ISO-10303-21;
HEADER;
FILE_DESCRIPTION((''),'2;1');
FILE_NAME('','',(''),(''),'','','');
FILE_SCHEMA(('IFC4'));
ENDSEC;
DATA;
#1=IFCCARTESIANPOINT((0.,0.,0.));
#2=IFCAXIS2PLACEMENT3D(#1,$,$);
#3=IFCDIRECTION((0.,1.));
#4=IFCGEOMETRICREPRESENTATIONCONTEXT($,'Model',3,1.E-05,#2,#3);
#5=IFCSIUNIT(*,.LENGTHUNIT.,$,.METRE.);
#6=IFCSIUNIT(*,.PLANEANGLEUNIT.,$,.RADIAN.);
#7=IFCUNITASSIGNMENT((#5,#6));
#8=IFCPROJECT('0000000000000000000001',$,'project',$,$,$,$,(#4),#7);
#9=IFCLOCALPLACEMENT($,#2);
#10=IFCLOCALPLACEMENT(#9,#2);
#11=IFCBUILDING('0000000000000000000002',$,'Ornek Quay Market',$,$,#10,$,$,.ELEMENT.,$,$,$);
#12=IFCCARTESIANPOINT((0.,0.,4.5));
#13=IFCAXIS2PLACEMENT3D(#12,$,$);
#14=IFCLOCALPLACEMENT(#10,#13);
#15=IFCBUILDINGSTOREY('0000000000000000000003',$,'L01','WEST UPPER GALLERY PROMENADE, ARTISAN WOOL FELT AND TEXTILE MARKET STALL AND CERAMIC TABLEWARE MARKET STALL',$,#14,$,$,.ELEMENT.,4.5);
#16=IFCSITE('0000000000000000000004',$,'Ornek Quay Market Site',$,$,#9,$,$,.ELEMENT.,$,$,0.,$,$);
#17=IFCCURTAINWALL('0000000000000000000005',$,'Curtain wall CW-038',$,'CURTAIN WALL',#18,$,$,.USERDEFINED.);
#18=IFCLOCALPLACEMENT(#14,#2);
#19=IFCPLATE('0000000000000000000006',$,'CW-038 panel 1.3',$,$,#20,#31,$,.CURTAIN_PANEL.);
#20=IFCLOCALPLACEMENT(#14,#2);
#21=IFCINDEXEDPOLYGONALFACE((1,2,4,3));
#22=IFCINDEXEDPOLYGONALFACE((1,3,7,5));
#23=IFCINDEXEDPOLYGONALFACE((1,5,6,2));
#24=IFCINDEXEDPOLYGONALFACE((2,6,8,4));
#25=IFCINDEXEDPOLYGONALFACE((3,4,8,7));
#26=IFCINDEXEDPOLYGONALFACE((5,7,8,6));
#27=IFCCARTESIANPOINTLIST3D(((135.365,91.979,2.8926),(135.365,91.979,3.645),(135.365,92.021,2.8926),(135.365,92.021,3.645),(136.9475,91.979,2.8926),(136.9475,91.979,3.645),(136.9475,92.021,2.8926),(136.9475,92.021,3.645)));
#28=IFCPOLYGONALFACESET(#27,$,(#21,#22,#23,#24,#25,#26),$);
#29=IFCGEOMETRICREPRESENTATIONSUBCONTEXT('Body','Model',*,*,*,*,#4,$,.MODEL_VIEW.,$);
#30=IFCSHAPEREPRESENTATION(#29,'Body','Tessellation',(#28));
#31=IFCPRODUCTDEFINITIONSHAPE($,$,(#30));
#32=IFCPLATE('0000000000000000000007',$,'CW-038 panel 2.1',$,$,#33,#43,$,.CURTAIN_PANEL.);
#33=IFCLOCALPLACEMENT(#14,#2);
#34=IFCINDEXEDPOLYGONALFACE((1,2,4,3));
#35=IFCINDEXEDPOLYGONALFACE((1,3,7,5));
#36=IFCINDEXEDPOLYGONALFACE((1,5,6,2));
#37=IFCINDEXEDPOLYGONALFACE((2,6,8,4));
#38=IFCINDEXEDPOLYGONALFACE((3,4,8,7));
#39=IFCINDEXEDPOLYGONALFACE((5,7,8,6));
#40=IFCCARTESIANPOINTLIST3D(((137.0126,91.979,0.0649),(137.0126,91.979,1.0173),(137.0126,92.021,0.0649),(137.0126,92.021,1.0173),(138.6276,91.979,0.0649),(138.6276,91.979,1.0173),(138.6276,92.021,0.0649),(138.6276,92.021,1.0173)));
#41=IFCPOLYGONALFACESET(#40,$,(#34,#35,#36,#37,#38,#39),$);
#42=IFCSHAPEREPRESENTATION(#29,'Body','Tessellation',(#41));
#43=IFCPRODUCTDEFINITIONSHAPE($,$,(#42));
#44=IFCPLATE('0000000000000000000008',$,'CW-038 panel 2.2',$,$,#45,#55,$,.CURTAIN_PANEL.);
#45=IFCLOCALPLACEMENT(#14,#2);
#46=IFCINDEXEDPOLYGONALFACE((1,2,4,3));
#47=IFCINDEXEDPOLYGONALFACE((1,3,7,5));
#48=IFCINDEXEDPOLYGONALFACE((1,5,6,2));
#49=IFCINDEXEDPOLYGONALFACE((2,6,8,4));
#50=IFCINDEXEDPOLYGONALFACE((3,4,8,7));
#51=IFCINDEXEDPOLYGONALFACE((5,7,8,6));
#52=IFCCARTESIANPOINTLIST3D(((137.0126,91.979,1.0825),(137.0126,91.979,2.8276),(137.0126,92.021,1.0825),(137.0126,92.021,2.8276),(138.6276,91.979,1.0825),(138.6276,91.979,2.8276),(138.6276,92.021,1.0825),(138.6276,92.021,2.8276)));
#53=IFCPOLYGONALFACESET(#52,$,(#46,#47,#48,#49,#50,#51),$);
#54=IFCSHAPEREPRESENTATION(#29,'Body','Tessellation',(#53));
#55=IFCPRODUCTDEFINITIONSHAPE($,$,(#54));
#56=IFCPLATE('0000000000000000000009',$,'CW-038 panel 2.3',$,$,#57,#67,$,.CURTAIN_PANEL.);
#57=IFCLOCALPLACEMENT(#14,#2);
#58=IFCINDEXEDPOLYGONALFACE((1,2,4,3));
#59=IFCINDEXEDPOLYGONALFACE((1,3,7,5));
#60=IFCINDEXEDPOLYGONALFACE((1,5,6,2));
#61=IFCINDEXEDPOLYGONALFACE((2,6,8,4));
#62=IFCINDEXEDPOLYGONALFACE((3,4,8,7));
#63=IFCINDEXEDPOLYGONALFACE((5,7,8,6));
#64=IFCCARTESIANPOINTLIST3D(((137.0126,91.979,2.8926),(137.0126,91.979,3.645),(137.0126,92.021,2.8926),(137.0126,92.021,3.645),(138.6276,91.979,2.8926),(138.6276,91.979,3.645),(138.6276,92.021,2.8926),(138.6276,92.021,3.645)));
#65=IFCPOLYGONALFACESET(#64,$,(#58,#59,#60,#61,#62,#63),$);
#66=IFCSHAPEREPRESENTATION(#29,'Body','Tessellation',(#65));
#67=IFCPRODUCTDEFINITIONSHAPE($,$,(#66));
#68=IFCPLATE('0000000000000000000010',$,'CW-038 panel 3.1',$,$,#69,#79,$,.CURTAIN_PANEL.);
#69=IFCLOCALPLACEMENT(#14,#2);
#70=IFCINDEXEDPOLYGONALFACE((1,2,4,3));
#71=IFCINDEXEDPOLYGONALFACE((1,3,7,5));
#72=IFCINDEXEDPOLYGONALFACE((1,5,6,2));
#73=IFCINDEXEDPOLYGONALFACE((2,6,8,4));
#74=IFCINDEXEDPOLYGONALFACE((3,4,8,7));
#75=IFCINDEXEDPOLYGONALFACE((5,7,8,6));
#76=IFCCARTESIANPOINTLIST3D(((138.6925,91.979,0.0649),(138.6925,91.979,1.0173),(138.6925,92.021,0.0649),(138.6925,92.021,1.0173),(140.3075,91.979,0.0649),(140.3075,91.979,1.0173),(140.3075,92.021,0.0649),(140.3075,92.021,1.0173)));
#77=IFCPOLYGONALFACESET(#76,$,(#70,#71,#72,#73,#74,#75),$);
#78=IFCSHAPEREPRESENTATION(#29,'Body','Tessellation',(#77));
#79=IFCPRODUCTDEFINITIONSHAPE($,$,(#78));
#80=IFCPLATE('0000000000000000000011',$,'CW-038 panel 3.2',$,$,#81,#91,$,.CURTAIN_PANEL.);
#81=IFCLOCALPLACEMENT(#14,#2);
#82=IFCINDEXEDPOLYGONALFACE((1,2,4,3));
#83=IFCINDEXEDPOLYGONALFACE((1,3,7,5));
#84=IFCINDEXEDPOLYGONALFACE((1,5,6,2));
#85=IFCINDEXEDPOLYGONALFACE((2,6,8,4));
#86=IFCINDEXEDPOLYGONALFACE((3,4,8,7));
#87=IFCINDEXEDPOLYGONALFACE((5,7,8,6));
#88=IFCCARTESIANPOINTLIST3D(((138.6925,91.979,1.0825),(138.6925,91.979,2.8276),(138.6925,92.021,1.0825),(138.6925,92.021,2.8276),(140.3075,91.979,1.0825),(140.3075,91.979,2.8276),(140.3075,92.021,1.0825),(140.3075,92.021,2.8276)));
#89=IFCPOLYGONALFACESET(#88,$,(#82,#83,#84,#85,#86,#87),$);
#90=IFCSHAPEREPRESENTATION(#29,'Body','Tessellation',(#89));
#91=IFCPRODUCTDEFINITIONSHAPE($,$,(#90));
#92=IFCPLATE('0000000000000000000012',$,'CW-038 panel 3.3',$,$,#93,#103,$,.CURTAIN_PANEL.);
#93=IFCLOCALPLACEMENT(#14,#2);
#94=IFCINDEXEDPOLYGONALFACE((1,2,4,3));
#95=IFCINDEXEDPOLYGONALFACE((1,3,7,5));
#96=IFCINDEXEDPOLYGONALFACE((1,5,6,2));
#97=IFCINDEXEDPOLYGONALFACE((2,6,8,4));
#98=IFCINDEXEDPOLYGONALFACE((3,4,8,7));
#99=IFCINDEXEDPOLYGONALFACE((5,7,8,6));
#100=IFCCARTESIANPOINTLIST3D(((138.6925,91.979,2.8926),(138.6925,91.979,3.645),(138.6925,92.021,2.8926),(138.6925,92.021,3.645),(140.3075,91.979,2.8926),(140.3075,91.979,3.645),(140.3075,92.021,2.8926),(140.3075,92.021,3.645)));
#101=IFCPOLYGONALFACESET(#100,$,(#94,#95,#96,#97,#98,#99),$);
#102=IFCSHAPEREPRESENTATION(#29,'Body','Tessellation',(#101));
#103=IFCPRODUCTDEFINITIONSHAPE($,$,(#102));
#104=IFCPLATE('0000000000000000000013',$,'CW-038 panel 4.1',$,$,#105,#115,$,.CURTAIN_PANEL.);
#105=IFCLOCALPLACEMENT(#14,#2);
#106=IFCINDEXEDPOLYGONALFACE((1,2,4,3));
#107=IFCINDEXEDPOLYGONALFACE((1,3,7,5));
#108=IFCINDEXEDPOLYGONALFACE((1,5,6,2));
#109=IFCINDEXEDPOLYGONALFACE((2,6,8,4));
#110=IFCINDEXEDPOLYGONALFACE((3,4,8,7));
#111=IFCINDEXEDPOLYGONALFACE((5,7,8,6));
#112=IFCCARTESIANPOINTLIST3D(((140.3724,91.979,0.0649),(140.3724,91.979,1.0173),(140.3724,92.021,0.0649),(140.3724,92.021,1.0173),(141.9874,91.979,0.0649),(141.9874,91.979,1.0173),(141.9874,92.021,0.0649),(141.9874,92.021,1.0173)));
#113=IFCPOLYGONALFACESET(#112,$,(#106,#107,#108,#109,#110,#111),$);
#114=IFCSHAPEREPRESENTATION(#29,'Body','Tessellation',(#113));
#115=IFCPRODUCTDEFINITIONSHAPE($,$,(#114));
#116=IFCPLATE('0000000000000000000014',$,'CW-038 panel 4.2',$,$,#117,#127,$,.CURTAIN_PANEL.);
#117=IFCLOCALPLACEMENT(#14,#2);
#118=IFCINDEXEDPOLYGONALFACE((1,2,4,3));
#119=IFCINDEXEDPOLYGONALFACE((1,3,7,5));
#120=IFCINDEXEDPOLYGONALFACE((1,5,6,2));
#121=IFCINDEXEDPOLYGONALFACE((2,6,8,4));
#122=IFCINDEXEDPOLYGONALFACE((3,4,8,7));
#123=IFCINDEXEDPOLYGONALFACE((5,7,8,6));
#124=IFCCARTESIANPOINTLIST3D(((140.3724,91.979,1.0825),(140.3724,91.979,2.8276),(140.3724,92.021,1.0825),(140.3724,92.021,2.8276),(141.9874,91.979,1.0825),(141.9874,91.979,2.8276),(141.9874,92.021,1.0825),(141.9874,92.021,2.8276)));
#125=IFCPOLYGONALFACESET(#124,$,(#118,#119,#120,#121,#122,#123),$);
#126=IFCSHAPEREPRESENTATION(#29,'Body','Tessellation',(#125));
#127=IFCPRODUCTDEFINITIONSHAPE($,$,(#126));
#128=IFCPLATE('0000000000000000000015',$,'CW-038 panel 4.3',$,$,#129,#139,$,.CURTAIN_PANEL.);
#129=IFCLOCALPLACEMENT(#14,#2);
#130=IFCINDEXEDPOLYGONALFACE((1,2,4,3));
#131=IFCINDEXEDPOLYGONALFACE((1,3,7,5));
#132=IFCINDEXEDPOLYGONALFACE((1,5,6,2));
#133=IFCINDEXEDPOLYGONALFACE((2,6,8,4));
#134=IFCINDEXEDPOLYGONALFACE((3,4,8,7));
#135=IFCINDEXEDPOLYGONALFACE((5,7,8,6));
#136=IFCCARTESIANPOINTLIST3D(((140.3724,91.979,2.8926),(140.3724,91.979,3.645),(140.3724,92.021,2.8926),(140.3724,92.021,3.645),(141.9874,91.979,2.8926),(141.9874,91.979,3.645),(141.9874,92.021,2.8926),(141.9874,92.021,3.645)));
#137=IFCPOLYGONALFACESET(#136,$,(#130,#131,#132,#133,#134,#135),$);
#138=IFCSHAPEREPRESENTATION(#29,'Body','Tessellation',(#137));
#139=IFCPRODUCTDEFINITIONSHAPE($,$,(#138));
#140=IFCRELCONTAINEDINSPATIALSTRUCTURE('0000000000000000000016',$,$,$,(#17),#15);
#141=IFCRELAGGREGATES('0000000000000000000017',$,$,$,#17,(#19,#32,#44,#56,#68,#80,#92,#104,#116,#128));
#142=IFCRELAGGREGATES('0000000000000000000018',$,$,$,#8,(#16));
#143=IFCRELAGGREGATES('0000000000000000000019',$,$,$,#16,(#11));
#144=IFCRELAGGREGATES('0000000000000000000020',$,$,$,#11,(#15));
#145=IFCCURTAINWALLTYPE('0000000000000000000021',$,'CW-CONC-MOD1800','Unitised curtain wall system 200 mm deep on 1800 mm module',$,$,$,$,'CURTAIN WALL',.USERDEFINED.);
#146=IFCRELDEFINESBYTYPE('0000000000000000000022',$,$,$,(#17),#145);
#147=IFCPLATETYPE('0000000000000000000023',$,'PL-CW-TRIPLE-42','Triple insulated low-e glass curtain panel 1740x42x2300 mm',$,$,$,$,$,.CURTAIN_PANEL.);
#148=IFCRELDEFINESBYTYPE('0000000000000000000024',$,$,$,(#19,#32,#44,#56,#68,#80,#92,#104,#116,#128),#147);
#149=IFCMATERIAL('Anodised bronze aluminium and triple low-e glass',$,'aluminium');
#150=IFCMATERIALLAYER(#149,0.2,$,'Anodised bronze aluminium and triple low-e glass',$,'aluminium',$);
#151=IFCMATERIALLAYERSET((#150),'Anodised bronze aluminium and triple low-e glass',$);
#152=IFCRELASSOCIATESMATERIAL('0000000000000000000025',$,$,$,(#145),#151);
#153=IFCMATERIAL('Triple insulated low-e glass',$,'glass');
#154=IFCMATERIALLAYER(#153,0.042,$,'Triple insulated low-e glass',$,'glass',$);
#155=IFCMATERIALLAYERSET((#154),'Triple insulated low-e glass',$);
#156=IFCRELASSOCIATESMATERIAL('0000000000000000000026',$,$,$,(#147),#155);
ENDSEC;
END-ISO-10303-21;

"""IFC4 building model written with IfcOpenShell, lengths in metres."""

from ifc_helpers import new_model, si_unit, direction, frame, origin, origin_2d, place, context, subcontext, project, spatial, rectangle, extrude, material, layer, layer_set, type_object, element, aggregate, save


model = new_model("IFC4")

# Units and contexts
model_context = context("Model", 3, precision=1e-05, world=origin(), true_north=direction((0.0, 1.0)))
body_context = subcontext(model_context, "Body", "Model", "MODEL_VIEW")
ifc_project = project(units=[si_unit("LENGTHUNIT", "METRE"), si_unit("PLANEANGLEUNIT", "RADIAN")], contexts=[model_context])

# Site, building, storey
site_placement = place(None, origin())
site = spatial("IfcSite", under=ifc_project, at=site_placement, Name="Ornek Quay Market Site", CompositionType="ELEMENT", RefElevation=0.0)
building_placement = place(site_placement, origin())
building = spatial("IfcBuilding", under=site, at=building_placement, Name="Ornek Quay Market", CompositionType="ELEMENT")
storey_placement = place(building_placement, frame((0.0, 0.0, 4.5)))
storey = spatial("IfcBuildingStorey", under=building, at=storey_placement, Name="L01", Description="WEST UPPER GALLERY PROMENADE, ARTISAN WOOL FELT AND TEXTILE MARKET STALL AND CERAMIC TABLEWARE MARKET STALL", CompositionType="ELEMENT", Elevation=4.5)

# Curtain wall, plates
ifc_material_1 = material(Name="Anodised bronze aluminium and triple low-e glass", Category="aluminium")
ifc_layer_1 = layer(ifc_material_1, 0.2, Name="Anodised bronze aluminium and triple low-e glass", Category="aluminium")
ifc_layer_set_1 = layer_set([ifc_layer_1], Name="Anodised bronze aluminium and triple low-e glass")
curtain_wall_type = type_object("IfcCurtainWallType", Name="CW-CONC-MOD1800", Description="Unitised curtain wall system 200 mm deep on 1800 mm module", ElementType="CURTAIN WALL", PredefinedType="USERDEFINED", material=ifc_layer_set_1)
curtain_wall_placement = place(storey_placement, origin())
curtain_wall = element("IfcCurtainWall", 1, at=curtain_wall_placement, inside=storey, type_object=curtain_wall_type, Name="Curtain wall CW-038", ObjectType="CURTAIN WALL", PredefinedType="USERDEFINED")
ifc_material_2 = material(Name="Triple insulated low-e glass", Category="glass")
ifc_layer_2 = layer(ifc_material_2, 0.042, Name="Triple insulated low-e glass", Category="glass")
ifc_layer_set_2 = layer_set([ifc_layer_2], Name="Triple insulated low-e glass")
plate_type = type_object("IfcPlateType", Name="PL-CW-TRIPLE-42", Description="Triple insulated low-e glass curtain panel 1740x42x2300 mm", PredefinedType="CURTAIN_PANEL", material=ifc_layer_set_2)
plate_1_placement = place(storey_placement, frame((136.1562, 92.0, 2.8926), z_axis=(0.0, 0.0, 1.0), x_axis=(1.0, 0.0, 0.0)))
plate_1 = element("IfcPlate", 2, at=plate_1_placement, type_object=plate_type, Name="CW-038 panel 1.3", PredefinedType="CURTAIN_PANEL", context=body_context, shape_type="SweptSolid", body=[
    extrude(rectangle(XDim=1.5825, YDim=0.042, at=origin_2d()), origin(), (0.0, 0.0, 1.0), 0.7524),
])
plate_2_placement = place(storey_placement, frame((137.8201, 92.0, 0.0649), z_axis=(0.0, 0.0, 1.0), x_axis=(1.0, 0.0, 0.0)))
plate_2 = element("IfcPlate", 3, at=plate_2_placement, type_object=plate_type, Name="CW-038 panel 2.1", PredefinedType="CURTAIN_PANEL", context=body_context, shape_type="SweptSolid", body=[
    extrude(rectangle(XDim=1.615, YDim=0.042, at=origin_2d()), origin(), (0.0, 0.0, 1.0), 0.9524),
])
plate_3_placement = place(storey_placement, frame((137.8201, 92.0, 1.0825), z_axis=(0.0, 0.0, 1.0), x_axis=(1.0, 0.0, 0.0)))
plate_3 = element("IfcPlate", 4, at=plate_3_placement, type_object=plate_type, Name="CW-038 panel 2.2", PredefinedType="CURTAIN_PANEL", context=body_context, shape_type="SweptSolid", body=[
    extrude(rectangle(XDim=1.615, YDim=0.042, at=origin_2d()), origin(), (0.0, 0.0, 1.0), 1.7451),
])
plate_4_placement = place(storey_placement, frame((137.8201, 92.0, 2.8926), z_axis=(0.0, 0.0, 1.0), x_axis=(1.0, 0.0, 0.0)))
plate_4 = element("IfcPlate", 5, at=plate_4_placement, type_object=plate_type, Name="CW-038 panel 2.3", PredefinedType="CURTAIN_PANEL", context=body_context, shape_type="SweptSolid", body=[
    extrude(rectangle(XDim=1.615, YDim=0.042, at=origin_2d()), origin(), (0.0, 0.0, 1.0), 0.7524),
])
plate_5_placement = place(storey_placement, frame((139.5, 92.0, 0.0649), z_axis=(0.0, 0.0, 1.0), x_axis=(1.0, 0.0, 0.0)))
plate_5 = element("IfcPlate", 6, at=plate_5_placement, type_object=plate_type, Name="CW-038 panel 3.1", PredefinedType="CURTAIN_PANEL", context=body_context, shape_type="SweptSolid", body=[
    extrude(rectangle(XDim=1.615, YDim=0.042, at=origin_2d()), origin(), (0.0, 0.0, 1.0), 0.9524),
])
plate_6_placement = place(storey_placement, frame((139.5, 92.0, 1.0825), z_axis=(0.0, 0.0, 1.0), x_axis=(1.0, 0.0, 0.0)))
plate_6 = element("IfcPlate", 7, at=plate_6_placement, type_object=plate_type, Name="CW-038 panel 3.2", PredefinedType="CURTAIN_PANEL", context=body_context, shape_type="SweptSolid", body=[
    extrude(rectangle(XDim=1.615, YDim=0.042, at=origin_2d()), origin(), (0.0, 0.0, 1.0), 1.7451),
])
plate_7_placement = place(storey_placement, frame((139.5, 92.0, 2.8926), z_axis=(0.0, 0.0, 1.0), x_axis=(1.0, 0.0, 0.0)))
plate_7 = element("IfcPlate", 8, at=plate_7_placement, type_object=plate_type, Name="CW-038 panel 3.3", PredefinedType="CURTAIN_PANEL", context=body_context, shape_type="SweptSolid", body=[
    extrude(rectangle(XDim=1.615, YDim=0.042, at=origin_2d()), origin(), (0.0, 0.0, 1.0), 0.7524),
])
plate_8_placement = place(storey_placement, frame((141.1799, 92.0, 0.0649), z_axis=(0.0, 0.0, 1.0), x_axis=(1.0, 0.0, 0.0)))
plate_8 = element("IfcPlate", 9, at=plate_8_placement, type_object=plate_type, Name="CW-038 panel 4.1", PredefinedType="CURTAIN_PANEL", context=body_context, shape_type="SweptSolid", body=[
    extrude(rectangle(XDim=1.615, YDim=0.042, at=origin_2d()), origin(), (0.0, 0.0, 1.0), 0.9524),
])
plate_9_placement = place(storey_placement, frame((141.1799, 92.0, 1.0825), z_axis=(0.0, 0.0, 1.0), x_axis=(1.0, 0.0, 0.0)))
plate_9 = element("IfcPlate", 10, at=plate_9_placement, type_object=plate_type, Name="CW-038 panel 4.2", PredefinedType="CURTAIN_PANEL", context=body_context, shape_type="SweptSolid", body=[
    extrude(rectangle(XDim=1.615, YDim=0.042, at=origin_2d()), origin(), (0.0, 0.0, 1.0), 1.7451),
])
plate_10_placement = place(storey_placement, frame((141.1799, 92.0, 2.8926), z_axis=(0.0, 0.0, 1.0), x_axis=(1.0, 0.0, 0.0)))
plate_10 = element("IfcPlate", 11, at=plate_10_placement, type_object=plate_type, Name="CW-038 panel 4.3", PredefinedType="CURTAIN_PANEL", context=body_context, shape_type="SweptSolid", body=[
    extrude(rectangle(XDim=1.615, YDim=0.042, at=origin_2d()), origin(), (0.0, 0.0, 1.0), 0.7524),
])
aggregate(curtain_wall, [plate_1, plate_2, plate_3, plate_4, plate_5, plate_6, plate_7, plate_8, plate_9, plate_10])

save(model, "model.ifc")
